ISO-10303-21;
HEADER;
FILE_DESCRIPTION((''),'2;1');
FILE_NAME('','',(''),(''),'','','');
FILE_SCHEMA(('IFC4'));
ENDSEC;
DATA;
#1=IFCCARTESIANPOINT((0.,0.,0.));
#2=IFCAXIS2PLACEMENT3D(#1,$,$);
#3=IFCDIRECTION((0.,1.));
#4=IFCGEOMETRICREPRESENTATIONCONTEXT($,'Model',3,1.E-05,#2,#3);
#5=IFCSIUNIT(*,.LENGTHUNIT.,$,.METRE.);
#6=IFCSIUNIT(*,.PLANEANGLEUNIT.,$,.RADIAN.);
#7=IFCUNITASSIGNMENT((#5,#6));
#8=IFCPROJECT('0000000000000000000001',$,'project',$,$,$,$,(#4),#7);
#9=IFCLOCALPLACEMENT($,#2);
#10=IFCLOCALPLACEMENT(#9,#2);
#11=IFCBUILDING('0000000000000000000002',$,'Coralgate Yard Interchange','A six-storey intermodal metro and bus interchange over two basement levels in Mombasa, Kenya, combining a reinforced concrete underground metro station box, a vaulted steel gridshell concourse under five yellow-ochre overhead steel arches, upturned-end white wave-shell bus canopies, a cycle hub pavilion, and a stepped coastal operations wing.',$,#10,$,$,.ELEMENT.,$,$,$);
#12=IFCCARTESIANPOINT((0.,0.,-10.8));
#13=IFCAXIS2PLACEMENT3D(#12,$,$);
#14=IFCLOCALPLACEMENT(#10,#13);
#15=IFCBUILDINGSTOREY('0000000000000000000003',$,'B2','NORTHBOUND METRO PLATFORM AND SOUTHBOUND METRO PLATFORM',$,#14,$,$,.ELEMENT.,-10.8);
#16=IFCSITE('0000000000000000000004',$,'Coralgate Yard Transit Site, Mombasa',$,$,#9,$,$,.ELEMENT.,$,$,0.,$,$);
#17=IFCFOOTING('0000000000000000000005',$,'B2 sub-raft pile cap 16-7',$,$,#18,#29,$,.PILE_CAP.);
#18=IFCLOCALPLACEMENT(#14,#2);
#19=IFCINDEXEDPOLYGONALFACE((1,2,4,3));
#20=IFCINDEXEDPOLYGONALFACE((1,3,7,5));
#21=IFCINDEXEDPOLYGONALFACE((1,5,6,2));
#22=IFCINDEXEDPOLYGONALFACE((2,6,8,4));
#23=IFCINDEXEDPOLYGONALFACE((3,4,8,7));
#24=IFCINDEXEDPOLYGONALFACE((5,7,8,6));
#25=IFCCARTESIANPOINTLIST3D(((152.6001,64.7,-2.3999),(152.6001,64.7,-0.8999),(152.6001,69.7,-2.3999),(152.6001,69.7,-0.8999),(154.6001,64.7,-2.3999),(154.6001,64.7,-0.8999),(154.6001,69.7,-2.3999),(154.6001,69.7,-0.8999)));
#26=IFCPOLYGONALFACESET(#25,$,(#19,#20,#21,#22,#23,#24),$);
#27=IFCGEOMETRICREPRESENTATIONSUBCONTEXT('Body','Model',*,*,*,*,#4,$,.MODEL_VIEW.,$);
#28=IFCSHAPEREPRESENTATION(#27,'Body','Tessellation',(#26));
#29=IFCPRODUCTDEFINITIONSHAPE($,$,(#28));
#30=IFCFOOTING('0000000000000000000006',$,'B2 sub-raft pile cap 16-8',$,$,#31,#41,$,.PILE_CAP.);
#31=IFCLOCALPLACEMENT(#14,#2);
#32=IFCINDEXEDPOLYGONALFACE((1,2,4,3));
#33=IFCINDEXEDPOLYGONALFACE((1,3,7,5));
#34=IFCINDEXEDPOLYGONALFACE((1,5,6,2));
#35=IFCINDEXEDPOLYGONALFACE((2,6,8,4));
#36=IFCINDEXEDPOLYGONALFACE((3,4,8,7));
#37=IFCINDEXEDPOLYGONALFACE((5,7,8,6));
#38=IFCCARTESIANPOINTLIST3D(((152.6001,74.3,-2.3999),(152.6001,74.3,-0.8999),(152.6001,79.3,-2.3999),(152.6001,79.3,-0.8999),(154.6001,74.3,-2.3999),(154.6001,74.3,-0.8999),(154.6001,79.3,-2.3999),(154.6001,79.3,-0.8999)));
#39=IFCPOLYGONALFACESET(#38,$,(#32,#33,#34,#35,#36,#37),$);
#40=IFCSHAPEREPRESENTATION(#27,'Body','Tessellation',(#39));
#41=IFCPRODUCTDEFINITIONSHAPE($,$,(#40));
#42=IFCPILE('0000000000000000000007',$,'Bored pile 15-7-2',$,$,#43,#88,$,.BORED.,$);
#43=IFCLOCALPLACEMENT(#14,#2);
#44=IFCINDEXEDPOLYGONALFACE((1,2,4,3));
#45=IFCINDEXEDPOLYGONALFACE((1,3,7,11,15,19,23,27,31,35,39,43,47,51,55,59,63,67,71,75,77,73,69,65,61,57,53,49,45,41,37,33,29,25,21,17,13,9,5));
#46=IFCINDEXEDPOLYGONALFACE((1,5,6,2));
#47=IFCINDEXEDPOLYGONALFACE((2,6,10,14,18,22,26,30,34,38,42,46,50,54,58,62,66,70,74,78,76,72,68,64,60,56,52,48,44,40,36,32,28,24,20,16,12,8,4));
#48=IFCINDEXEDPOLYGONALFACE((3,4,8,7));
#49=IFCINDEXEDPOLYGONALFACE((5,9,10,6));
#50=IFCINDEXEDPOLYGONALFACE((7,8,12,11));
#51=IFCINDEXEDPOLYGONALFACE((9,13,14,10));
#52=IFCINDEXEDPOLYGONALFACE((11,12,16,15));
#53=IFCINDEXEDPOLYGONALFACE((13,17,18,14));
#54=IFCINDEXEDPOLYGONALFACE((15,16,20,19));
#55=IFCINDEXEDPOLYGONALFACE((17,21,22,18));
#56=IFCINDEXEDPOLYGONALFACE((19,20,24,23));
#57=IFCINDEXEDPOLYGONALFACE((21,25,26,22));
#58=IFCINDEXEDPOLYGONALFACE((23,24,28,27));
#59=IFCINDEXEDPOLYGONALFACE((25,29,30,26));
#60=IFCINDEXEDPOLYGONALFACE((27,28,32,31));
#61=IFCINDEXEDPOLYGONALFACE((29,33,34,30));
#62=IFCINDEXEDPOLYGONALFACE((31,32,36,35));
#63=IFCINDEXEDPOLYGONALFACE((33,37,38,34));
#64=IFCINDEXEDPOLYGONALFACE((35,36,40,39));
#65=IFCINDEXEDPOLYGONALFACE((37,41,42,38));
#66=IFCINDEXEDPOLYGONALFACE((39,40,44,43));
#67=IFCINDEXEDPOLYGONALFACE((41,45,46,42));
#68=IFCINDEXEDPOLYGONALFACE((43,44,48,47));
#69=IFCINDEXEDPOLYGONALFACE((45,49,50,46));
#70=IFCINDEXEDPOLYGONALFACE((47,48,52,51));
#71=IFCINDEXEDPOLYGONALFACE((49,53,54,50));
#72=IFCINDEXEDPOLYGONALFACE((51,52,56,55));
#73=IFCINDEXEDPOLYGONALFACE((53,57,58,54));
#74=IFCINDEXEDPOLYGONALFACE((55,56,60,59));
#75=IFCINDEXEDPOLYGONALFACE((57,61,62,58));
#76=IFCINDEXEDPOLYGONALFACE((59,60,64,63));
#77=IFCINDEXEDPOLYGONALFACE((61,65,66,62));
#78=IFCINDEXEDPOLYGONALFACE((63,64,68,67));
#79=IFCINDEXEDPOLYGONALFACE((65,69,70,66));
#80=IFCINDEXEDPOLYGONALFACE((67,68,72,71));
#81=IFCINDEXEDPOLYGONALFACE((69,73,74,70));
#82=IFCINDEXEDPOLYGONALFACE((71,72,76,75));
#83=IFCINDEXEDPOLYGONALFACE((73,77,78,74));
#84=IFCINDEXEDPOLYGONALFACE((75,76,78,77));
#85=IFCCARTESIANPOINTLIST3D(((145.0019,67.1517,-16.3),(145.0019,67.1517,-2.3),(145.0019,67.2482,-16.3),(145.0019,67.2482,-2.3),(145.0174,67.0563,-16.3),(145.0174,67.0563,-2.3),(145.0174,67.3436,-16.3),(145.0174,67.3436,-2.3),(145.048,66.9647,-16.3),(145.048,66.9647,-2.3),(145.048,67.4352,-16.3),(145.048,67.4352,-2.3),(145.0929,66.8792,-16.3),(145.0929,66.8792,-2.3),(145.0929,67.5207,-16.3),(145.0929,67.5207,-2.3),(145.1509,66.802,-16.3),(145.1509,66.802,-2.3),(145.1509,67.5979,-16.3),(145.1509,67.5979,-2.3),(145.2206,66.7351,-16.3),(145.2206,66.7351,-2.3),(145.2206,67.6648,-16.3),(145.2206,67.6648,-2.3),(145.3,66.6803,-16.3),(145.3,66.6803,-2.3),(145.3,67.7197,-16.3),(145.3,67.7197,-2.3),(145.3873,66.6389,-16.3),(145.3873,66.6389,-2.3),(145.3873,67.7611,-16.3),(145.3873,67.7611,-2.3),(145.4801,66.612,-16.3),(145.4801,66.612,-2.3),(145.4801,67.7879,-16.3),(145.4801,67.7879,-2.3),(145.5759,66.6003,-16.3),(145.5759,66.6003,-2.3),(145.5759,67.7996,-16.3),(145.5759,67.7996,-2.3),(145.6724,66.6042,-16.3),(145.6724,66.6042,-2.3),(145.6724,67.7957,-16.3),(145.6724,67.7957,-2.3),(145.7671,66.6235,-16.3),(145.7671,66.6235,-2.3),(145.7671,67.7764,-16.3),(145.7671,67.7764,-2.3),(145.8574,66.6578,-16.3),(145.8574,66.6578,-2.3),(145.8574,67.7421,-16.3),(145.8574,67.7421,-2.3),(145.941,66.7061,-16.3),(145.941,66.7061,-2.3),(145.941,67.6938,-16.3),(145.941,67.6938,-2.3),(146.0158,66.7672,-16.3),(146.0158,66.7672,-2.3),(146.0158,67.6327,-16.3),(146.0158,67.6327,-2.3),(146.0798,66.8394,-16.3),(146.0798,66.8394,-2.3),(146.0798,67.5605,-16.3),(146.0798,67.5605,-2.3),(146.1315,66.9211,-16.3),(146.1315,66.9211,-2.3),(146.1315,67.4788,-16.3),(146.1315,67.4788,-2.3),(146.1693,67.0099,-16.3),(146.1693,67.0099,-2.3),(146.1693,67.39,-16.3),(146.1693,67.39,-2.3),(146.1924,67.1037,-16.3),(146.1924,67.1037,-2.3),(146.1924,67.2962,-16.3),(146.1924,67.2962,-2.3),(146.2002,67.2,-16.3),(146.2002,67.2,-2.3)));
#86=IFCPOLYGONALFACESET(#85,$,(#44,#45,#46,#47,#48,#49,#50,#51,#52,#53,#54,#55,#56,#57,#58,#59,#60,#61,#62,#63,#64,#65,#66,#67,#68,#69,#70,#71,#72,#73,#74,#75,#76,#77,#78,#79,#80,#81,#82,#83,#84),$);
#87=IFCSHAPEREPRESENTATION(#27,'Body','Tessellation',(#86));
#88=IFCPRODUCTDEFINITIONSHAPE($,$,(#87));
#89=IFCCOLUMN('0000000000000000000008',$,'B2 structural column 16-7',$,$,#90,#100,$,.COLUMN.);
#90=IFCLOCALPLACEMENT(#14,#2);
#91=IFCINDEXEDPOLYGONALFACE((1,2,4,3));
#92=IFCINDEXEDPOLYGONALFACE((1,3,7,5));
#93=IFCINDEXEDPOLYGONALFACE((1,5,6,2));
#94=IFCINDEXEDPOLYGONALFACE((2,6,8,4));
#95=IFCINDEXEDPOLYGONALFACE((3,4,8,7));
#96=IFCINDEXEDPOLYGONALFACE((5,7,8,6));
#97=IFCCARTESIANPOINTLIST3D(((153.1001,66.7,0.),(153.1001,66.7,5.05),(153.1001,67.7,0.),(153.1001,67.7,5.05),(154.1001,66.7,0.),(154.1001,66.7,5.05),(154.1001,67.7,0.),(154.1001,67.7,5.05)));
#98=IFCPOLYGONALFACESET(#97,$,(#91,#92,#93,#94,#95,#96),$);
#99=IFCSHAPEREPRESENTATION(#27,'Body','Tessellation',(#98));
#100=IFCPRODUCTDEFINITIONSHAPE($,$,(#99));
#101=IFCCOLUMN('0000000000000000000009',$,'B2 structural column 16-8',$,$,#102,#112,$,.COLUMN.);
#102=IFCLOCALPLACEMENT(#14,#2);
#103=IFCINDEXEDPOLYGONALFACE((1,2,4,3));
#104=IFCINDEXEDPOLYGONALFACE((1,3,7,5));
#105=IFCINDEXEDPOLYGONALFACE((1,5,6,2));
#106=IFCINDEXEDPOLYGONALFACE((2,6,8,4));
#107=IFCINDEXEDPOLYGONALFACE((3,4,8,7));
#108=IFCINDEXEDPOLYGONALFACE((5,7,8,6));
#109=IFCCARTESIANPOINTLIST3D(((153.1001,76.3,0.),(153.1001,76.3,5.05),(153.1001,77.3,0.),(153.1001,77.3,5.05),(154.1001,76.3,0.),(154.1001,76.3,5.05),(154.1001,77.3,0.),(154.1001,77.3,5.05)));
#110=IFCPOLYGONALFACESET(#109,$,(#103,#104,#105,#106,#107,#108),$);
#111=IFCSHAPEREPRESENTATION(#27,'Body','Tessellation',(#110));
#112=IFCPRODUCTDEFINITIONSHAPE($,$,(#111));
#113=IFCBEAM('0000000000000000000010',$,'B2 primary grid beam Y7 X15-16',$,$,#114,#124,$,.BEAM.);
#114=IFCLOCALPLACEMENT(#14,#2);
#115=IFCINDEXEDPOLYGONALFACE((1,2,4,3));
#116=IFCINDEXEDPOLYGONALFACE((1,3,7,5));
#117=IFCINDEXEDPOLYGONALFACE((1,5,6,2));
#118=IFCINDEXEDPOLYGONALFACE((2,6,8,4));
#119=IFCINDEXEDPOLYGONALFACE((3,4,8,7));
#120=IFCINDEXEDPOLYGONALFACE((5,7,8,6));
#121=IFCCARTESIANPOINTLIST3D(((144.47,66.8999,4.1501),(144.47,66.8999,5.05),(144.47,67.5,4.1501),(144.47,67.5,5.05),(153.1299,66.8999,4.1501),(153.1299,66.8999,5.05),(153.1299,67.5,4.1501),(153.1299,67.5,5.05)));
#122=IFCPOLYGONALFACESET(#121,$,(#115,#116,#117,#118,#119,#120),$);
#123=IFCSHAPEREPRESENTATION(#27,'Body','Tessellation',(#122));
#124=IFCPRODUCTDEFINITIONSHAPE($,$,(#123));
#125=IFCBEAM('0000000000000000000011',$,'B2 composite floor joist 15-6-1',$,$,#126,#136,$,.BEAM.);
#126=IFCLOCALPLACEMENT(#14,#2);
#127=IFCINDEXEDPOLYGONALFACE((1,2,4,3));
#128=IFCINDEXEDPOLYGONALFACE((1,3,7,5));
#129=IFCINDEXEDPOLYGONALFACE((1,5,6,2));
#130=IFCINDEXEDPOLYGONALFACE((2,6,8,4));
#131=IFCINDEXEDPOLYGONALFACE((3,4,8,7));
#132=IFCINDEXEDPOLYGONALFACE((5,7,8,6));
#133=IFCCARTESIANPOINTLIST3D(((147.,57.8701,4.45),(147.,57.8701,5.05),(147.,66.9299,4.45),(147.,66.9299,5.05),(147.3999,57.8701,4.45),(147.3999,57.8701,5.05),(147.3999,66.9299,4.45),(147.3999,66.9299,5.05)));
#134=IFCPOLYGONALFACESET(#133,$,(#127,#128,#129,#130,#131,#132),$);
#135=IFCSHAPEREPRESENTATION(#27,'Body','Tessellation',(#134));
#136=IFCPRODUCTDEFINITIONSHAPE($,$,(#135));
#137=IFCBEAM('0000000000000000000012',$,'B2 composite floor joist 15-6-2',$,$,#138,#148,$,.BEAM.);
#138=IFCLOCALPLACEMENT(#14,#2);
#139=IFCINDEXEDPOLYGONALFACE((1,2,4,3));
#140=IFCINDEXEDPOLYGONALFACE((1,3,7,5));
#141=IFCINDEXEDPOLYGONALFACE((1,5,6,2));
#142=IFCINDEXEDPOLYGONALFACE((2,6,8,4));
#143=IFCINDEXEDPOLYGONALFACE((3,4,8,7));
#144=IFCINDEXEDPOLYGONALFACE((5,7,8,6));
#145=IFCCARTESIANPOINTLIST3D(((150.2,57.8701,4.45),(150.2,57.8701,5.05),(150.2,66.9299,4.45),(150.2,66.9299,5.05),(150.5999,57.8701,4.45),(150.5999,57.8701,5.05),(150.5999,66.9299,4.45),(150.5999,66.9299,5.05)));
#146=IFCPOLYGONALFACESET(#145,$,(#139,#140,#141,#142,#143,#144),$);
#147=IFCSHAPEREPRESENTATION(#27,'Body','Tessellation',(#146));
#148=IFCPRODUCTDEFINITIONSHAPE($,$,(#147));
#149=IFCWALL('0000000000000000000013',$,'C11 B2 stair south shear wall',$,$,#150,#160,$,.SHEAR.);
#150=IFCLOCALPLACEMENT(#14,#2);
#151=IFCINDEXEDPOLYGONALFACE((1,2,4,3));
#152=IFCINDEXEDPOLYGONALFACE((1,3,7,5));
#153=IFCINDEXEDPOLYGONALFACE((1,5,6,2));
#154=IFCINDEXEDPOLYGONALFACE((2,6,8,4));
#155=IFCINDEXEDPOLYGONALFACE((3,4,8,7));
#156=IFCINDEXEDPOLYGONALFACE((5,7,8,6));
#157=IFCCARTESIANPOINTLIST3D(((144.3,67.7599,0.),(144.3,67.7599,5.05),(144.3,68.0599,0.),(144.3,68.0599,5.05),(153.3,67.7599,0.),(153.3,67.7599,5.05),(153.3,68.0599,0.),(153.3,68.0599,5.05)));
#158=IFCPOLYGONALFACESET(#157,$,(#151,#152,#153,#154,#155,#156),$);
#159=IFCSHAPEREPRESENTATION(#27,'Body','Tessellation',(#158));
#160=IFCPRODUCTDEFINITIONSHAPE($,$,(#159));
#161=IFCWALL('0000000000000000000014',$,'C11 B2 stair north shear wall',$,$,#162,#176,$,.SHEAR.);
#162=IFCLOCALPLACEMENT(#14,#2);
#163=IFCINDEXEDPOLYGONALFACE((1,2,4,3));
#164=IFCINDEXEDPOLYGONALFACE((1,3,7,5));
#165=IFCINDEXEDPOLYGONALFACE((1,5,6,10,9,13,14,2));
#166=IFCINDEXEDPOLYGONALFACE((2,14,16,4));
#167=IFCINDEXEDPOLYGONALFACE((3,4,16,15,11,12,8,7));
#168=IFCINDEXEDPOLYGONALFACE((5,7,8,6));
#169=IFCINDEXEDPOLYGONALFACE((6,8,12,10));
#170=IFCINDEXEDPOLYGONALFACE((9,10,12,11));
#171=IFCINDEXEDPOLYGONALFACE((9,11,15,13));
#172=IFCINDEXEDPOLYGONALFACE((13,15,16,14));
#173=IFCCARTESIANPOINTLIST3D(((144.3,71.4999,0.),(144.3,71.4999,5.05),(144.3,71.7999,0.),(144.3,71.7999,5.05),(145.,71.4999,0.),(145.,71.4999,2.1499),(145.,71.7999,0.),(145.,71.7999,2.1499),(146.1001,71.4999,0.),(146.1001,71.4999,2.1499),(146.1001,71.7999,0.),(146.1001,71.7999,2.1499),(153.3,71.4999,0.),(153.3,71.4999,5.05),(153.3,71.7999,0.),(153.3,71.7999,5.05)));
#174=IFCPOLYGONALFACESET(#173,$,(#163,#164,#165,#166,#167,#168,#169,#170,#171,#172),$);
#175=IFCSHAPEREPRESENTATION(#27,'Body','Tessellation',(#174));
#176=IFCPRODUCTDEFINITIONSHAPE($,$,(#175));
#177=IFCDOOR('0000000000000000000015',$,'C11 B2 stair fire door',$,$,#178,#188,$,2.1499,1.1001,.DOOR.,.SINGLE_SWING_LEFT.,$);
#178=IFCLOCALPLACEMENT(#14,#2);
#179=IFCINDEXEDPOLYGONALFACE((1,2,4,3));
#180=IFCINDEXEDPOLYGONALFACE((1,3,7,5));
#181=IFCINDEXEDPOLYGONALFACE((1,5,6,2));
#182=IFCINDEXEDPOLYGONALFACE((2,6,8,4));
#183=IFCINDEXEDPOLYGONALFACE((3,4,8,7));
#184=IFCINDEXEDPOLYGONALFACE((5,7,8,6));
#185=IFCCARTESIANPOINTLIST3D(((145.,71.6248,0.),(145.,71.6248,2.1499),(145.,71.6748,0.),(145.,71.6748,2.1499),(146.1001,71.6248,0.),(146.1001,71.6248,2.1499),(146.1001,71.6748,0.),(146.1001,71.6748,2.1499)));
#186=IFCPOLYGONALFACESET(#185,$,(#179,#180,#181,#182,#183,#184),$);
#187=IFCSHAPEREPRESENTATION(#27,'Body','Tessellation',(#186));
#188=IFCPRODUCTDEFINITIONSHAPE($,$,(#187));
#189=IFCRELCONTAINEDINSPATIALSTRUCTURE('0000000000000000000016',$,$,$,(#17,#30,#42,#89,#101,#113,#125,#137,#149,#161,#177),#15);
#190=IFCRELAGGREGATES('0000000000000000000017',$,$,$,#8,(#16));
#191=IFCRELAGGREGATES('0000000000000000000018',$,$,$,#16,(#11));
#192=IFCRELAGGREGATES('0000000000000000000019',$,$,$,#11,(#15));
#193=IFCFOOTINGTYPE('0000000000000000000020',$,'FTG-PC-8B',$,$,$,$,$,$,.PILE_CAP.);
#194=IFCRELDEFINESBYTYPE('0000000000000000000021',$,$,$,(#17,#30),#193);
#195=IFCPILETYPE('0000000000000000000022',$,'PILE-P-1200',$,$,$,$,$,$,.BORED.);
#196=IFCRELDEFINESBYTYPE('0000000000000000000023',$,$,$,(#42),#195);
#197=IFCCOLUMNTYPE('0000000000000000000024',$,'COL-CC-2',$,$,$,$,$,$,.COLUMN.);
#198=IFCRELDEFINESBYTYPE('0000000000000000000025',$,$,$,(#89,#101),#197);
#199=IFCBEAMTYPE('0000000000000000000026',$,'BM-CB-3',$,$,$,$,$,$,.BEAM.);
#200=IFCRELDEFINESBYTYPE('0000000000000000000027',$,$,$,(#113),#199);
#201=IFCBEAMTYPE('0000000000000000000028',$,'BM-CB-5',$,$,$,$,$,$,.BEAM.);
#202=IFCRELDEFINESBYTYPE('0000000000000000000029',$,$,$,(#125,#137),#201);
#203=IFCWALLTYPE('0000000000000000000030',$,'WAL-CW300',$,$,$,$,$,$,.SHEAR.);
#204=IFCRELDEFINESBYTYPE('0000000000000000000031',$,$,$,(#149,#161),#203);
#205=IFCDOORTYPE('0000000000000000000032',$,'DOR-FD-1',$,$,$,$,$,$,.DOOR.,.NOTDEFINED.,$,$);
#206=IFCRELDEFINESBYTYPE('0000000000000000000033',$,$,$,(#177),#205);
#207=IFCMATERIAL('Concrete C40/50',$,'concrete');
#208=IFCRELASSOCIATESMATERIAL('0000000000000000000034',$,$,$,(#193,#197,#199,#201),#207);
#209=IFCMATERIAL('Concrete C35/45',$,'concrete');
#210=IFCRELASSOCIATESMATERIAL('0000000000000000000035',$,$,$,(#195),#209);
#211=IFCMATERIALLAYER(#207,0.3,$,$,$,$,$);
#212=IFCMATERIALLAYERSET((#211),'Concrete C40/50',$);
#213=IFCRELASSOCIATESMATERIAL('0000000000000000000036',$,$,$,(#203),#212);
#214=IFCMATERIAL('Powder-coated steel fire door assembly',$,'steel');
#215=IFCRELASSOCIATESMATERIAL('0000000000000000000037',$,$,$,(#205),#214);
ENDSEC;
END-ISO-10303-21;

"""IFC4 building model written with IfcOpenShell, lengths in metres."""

from ifc_helpers import new_model, si_unit, direction, frame, frame_2d, origin, origin_2d, place, context, subcontext, project, spatial, rectangle, circle, extrude, material, layer, layer_set, material_profile, profile_set, type_object, element, fill, save


model = new_model("IFC4")

# Units and contexts
model_context = context("Model", 3, precision=1e-05, world=origin(), true_north=direction((0.0, 1.0)))
body_context = subcontext(model_context, "Body", "Model", "MODEL_VIEW")
ifc_project = project(units=[si_unit("LENGTHUNIT", "METRE"), si_unit("PLANEANGLEUNIT", "RADIAN")], contexts=[model_context])

# Site, building, storey
site_placement = place(None, origin())
site = spatial("IfcSite", under=ifc_project, at=site_placement, Name="Coralgate Yard Transit Site, Mombasa", CompositionType="ELEMENT", RefElevation=0.0)
building_placement = place(site_placement, origin())
building = spatial("IfcBuilding", under=site, at=building_placement, Name="Coralgate Yard Interchange", Description="A six-storey intermodal metro and bus interchange over two basement levels in Mombasa, Kenya, combining a reinforced concrete underground metro station box, a vaulted steel gridshell concourse under five yellow-ochre overhead steel arches, upturned-end white wave-shell bus canopies, a cycle hub pavilion, and a stepped coastal operations wing.", CompositionType="ELEMENT")
storey_placement = place(building_placement, frame((0.0, 0.0, -10.8)))
storey = spatial("IfcBuildingStorey", under=building, at=storey_placement, Name="B2", Description="NORTHBOUND METRO PLATFORM AND SOUTHBOUND METRO PLATFORM", CompositionType="ELEMENT", Elevation=-10.8)

# Footings
ifc_material_1 = material(Name="Concrete C40/50", Category="concrete")
footing_type = type_object("IfcFootingType", Name="FTG-PC-8B", PredefinedType="PILE_CAP", material=ifc_material_1)
for number, where, z_axis, x_axis, name in (
    (1, (153.6001, 67.2, -2.3999), (0.0, 0.0, 1.0), (1.0, 0.0, 0.0), "B2 sub-raft pile cap 16-7"),
    (2, (153.6001, 76.8, -2.3999), (0.0, 0.0, 1.0), (1.0, 0.0, 0.0), "B2 sub-raft pile cap 16-8"),
):
    element("IfcFooting", number, at=place(storey_placement, frame(where, z_axis=z_axis, x_axis=x_axis)), inside=storey, type_object=footing_type, Name=name, PredefinedType="PILE_CAP", context=body_context, shape_type="SweptSolid", body=[
        extrude(rectangle(XDim=2.0, YDim=5.0, at=origin_2d()), origin(), (0.0, 0.0, 1.0), 1.5),
    ])

# Pile
ifc_material_2 = material(Name="Concrete C35/45", Category="concrete")
ifc_material_profile_1 = material_profile(ifc_material_2, circle(Radius=0.6001, at=origin_2d()), Name="BORED PILE D1200")
ifc_profile_set_1 = profile_set([ifc_material_profile_1], Name="Concrete C35/45")
pile_type = type_object("IfcPileType", Name="PILE-P-1200", PredefinedType="BORED", material=ifc_profile_set_1)
pile_placement = place(storey_placement, frame((145.6001, 67.2, -2.3), z_axis=(0.0, 0.0, -1.0), x_axis=(1.0, 0.0, 0.0)))
element("IfcPile", 3, at=pile_placement, inside=storey, type_object=pile_type, Name="Bored pile 15-7-2", PredefinedType="BORED", context=body_context, shape_type="SweptSolid", body=[
    extrude(circle(Radius=0.6001, at=origin_2d()), origin(), (0.0, 0.0, 1.0), 14.0),
])

# Columns
ifc_material_profile_2 = material_profile(ifc_material_1, rectangle(XDim=1.0, YDim=1.0, at=origin_2d()), Name="RC 1000x1000")
ifc_profile_set_2 = profile_set([ifc_material_profile_2], Name="Concrete C40/50")
column_type = type_object("IfcColumnType", Name="COL-CC-2", PredefinedType="COLUMN", material=ifc_profile_set_2)
for number, where, z_axis, x_axis, name in (
    (4, (153.6001, 67.2, 0.0), (0.0, 0.0, 1.0), (1.0, 0.0, 0.0), "B2 structural column 16-7"),
    (5, (153.6001, 76.8, 0.0), (0.0, 0.0, 1.0), (1.0, 0.0, 0.0), "B2 structural column 16-8"),
):
    element("IfcColumn", number, at=place(storey_placement, frame(where, z_axis=z_axis, x_axis=x_axis)), inside=storey, type_object=column_type, Name=name, PredefinedType="COLUMN", context=body_context, shape_type="SweptSolid", body=[
        extrude(rectangle(XDim=1.0, YDim=1.0, at=origin_2d()), origin(), (0.0, 0.0, 1.0), 5.05),
    ])

# Beams
ifc_material_profile_3 = material_profile(ifc_material_1, rectangle(XDim=0.6001, YDim=0.8999, at=origin_2d()), Name="RC 600x900")
ifc_profile_set_3 = profile_set([ifc_material_profile_3], Name="Concrete C40/50")
beam_type_1 = type_object("IfcBeamType", Name="BM-CB-3", PredefinedType="BEAM", material=ifc_profile_set_3)
beam_placement = place(storey_placement, frame((144.47, 67.2, 4.6001), z_axis=(1.0, 0.0, 0.0), x_axis=(0.0, 1.0, 0.0)))
element("IfcBeam", 6, at=beam_placement, inside=storey, type_object=beam_type_1, Name="B2 primary grid beam Y7 X15-16", PredefinedType="BEAM", context=body_context, shape_type="SweptSolid", body=[
    extrude(rectangle(XDim=0.6001, YDim=0.8999, at=origin_2d()), origin(), (0.0, 0.0, 1.0), 8.6599),
])
ifc_material_profile_4 = material_profile(ifc_material_1, rectangle(XDim=0.3999, YDim=0.6001, at=origin_2d()), Name="RC 400x600")
ifc_profile_set_4 = profile_set([ifc_material_profile_4], Name="Concrete C40/50")
beam_type_2 = type_object("IfcBeamType", Name="BM-CB-5", PredefinedType="BEAM", material=ifc_profile_set_4)
for number, where, z_axis, x_axis, name in (
    (7, (147.2, 57.8701, 4.75), (0.0, 1.0, 0.0), (-1.0, 0.0, 0.0), "B2 composite floor joist 15-6-1"),
    (8, (150.3999, 57.8701, 4.75), (0.0, 1.0, 0.0), (-1.0, 0.0, 0.0), "B2 composite floor joist 15-6-2"),
):
    element("IfcBeam", number, at=place(storey_placement, frame(where, z_axis=z_axis, x_axis=x_axis)), inside=storey, type_object=beam_type_2, Name=name, PredefinedType="BEAM", context=body_context, shape_type="SweptSolid", body=[
        extrude(rectangle(XDim=0.3999, YDim=0.6001, at=origin_2d()), origin(), (0.0, 0.0, 1.0), 9.0598),
    ])

# Wall
ifc_layer_1 = layer(ifc_material_1, 0.3)
ifc_layer_set_1 = layer_set([ifc_layer_1], Name="Concrete C40/50")
wall_type_1 = type_object("IfcWallType", Name="WAL-CW300", PredefinedType="SHEAR", material=ifc_layer_set_1)
wall_1_placement = place(storey_placement, frame((144.3, 67.9099, 0.0), z_axis=(0.0, 0.0, 1.0), x_axis=(1.0, 0.0, 0.0)))
element("IfcWall", 9, at=wall_1_placement, inside=storey, type_object=wall_type_1, Name="C11 B2 stair south shear wall", PredefinedType="SHEAR", context=body_context, shape_type="SweptSolid", body=[
    extrude(rectangle(XDim=9.0, YDim=0.3, at=frame_2d((4.5, 0.0))), origin(), (0.0, 0.0, 1.0), 5.05),
])

# Wall, opening, door
wall_2_placement = place(storey_placement, frame((153.3, 71.6499, 0.0), z_axis=(0.0, 0.0, 1.0), x_axis=(-1.0, 0.0, 0.0)))
wall_2 = element("IfcWall", 10, at=wall_2_placement, inside=storey, type_object=wall_type_1, Name="C11 B2 stair north shear wall", PredefinedType="SHEAR", context=body_context, shape_type="SweptSolid", body=[
    extrude(rectangle(XDim=9.0, YDim=0.3, at=frame_2d((4.5, 0.0))), origin(), (0.0, 0.0, 1.0), 5.05),
])
opening_placement = place(wall_2_placement, frame((7.2, 0.0, 0.0)))
opening = element("IfcOpeningElement", 11, at=opening_placement, cuts=wall_2, PredefinedType="OPENING", context=body_context, shape_type="SweptSolid", body=[
    extrude(rectangle(XDim=1.1001, YDim=2.1499, at=frame_2d((0.55, 1.075))), frame((0.0, 0.1599, 0.0), z_axis=(0.0, -1.0, 0.0), x_axis=(1.0, 0.0, 0.0)), (0.0, 0.0, 1.0), 0.3201),
])
ifc_material_3 = material(Name="Powder-coated steel fire door assembly", Category="steel")
door_type = type_object("IfcDoorType", Name="DOR-FD-1", OperationType="NOTDEFINED", PredefinedType="DOOR", material=ifc_material_3)
door_placement = place(opening_placement, frame((1.1001, 0.0, 0.0), z_axis=(0.0, 0.0, 1.0), x_axis=(-1.0, 0.0, 0.0)))
door = element("IfcDoor", 12, at=door_placement, inside=storey, type_object=door_type, Name="C11 B2 stair fire door", OperationType="SINGLE_SWING_LEFT", OverallHeight=2.1499, OverallWidth=1.1001, PredefinedType="DOOR", context=body_context, shape_type="SweptSolid", body=[
    extrude(rectangle(XDim=1.1001, YDim=2.1499, at=frame_2d((0.55, 1.075))), frame((0.0, 0.0249, 0.0), z_axis=(0.0, -1.0, 0.0), x_axis=(1.0, 0.0, 0.0)), (0.0, 0.0, 1.0), 0.05),
])
fill(opening, door)

save(model, "model.ifc")
